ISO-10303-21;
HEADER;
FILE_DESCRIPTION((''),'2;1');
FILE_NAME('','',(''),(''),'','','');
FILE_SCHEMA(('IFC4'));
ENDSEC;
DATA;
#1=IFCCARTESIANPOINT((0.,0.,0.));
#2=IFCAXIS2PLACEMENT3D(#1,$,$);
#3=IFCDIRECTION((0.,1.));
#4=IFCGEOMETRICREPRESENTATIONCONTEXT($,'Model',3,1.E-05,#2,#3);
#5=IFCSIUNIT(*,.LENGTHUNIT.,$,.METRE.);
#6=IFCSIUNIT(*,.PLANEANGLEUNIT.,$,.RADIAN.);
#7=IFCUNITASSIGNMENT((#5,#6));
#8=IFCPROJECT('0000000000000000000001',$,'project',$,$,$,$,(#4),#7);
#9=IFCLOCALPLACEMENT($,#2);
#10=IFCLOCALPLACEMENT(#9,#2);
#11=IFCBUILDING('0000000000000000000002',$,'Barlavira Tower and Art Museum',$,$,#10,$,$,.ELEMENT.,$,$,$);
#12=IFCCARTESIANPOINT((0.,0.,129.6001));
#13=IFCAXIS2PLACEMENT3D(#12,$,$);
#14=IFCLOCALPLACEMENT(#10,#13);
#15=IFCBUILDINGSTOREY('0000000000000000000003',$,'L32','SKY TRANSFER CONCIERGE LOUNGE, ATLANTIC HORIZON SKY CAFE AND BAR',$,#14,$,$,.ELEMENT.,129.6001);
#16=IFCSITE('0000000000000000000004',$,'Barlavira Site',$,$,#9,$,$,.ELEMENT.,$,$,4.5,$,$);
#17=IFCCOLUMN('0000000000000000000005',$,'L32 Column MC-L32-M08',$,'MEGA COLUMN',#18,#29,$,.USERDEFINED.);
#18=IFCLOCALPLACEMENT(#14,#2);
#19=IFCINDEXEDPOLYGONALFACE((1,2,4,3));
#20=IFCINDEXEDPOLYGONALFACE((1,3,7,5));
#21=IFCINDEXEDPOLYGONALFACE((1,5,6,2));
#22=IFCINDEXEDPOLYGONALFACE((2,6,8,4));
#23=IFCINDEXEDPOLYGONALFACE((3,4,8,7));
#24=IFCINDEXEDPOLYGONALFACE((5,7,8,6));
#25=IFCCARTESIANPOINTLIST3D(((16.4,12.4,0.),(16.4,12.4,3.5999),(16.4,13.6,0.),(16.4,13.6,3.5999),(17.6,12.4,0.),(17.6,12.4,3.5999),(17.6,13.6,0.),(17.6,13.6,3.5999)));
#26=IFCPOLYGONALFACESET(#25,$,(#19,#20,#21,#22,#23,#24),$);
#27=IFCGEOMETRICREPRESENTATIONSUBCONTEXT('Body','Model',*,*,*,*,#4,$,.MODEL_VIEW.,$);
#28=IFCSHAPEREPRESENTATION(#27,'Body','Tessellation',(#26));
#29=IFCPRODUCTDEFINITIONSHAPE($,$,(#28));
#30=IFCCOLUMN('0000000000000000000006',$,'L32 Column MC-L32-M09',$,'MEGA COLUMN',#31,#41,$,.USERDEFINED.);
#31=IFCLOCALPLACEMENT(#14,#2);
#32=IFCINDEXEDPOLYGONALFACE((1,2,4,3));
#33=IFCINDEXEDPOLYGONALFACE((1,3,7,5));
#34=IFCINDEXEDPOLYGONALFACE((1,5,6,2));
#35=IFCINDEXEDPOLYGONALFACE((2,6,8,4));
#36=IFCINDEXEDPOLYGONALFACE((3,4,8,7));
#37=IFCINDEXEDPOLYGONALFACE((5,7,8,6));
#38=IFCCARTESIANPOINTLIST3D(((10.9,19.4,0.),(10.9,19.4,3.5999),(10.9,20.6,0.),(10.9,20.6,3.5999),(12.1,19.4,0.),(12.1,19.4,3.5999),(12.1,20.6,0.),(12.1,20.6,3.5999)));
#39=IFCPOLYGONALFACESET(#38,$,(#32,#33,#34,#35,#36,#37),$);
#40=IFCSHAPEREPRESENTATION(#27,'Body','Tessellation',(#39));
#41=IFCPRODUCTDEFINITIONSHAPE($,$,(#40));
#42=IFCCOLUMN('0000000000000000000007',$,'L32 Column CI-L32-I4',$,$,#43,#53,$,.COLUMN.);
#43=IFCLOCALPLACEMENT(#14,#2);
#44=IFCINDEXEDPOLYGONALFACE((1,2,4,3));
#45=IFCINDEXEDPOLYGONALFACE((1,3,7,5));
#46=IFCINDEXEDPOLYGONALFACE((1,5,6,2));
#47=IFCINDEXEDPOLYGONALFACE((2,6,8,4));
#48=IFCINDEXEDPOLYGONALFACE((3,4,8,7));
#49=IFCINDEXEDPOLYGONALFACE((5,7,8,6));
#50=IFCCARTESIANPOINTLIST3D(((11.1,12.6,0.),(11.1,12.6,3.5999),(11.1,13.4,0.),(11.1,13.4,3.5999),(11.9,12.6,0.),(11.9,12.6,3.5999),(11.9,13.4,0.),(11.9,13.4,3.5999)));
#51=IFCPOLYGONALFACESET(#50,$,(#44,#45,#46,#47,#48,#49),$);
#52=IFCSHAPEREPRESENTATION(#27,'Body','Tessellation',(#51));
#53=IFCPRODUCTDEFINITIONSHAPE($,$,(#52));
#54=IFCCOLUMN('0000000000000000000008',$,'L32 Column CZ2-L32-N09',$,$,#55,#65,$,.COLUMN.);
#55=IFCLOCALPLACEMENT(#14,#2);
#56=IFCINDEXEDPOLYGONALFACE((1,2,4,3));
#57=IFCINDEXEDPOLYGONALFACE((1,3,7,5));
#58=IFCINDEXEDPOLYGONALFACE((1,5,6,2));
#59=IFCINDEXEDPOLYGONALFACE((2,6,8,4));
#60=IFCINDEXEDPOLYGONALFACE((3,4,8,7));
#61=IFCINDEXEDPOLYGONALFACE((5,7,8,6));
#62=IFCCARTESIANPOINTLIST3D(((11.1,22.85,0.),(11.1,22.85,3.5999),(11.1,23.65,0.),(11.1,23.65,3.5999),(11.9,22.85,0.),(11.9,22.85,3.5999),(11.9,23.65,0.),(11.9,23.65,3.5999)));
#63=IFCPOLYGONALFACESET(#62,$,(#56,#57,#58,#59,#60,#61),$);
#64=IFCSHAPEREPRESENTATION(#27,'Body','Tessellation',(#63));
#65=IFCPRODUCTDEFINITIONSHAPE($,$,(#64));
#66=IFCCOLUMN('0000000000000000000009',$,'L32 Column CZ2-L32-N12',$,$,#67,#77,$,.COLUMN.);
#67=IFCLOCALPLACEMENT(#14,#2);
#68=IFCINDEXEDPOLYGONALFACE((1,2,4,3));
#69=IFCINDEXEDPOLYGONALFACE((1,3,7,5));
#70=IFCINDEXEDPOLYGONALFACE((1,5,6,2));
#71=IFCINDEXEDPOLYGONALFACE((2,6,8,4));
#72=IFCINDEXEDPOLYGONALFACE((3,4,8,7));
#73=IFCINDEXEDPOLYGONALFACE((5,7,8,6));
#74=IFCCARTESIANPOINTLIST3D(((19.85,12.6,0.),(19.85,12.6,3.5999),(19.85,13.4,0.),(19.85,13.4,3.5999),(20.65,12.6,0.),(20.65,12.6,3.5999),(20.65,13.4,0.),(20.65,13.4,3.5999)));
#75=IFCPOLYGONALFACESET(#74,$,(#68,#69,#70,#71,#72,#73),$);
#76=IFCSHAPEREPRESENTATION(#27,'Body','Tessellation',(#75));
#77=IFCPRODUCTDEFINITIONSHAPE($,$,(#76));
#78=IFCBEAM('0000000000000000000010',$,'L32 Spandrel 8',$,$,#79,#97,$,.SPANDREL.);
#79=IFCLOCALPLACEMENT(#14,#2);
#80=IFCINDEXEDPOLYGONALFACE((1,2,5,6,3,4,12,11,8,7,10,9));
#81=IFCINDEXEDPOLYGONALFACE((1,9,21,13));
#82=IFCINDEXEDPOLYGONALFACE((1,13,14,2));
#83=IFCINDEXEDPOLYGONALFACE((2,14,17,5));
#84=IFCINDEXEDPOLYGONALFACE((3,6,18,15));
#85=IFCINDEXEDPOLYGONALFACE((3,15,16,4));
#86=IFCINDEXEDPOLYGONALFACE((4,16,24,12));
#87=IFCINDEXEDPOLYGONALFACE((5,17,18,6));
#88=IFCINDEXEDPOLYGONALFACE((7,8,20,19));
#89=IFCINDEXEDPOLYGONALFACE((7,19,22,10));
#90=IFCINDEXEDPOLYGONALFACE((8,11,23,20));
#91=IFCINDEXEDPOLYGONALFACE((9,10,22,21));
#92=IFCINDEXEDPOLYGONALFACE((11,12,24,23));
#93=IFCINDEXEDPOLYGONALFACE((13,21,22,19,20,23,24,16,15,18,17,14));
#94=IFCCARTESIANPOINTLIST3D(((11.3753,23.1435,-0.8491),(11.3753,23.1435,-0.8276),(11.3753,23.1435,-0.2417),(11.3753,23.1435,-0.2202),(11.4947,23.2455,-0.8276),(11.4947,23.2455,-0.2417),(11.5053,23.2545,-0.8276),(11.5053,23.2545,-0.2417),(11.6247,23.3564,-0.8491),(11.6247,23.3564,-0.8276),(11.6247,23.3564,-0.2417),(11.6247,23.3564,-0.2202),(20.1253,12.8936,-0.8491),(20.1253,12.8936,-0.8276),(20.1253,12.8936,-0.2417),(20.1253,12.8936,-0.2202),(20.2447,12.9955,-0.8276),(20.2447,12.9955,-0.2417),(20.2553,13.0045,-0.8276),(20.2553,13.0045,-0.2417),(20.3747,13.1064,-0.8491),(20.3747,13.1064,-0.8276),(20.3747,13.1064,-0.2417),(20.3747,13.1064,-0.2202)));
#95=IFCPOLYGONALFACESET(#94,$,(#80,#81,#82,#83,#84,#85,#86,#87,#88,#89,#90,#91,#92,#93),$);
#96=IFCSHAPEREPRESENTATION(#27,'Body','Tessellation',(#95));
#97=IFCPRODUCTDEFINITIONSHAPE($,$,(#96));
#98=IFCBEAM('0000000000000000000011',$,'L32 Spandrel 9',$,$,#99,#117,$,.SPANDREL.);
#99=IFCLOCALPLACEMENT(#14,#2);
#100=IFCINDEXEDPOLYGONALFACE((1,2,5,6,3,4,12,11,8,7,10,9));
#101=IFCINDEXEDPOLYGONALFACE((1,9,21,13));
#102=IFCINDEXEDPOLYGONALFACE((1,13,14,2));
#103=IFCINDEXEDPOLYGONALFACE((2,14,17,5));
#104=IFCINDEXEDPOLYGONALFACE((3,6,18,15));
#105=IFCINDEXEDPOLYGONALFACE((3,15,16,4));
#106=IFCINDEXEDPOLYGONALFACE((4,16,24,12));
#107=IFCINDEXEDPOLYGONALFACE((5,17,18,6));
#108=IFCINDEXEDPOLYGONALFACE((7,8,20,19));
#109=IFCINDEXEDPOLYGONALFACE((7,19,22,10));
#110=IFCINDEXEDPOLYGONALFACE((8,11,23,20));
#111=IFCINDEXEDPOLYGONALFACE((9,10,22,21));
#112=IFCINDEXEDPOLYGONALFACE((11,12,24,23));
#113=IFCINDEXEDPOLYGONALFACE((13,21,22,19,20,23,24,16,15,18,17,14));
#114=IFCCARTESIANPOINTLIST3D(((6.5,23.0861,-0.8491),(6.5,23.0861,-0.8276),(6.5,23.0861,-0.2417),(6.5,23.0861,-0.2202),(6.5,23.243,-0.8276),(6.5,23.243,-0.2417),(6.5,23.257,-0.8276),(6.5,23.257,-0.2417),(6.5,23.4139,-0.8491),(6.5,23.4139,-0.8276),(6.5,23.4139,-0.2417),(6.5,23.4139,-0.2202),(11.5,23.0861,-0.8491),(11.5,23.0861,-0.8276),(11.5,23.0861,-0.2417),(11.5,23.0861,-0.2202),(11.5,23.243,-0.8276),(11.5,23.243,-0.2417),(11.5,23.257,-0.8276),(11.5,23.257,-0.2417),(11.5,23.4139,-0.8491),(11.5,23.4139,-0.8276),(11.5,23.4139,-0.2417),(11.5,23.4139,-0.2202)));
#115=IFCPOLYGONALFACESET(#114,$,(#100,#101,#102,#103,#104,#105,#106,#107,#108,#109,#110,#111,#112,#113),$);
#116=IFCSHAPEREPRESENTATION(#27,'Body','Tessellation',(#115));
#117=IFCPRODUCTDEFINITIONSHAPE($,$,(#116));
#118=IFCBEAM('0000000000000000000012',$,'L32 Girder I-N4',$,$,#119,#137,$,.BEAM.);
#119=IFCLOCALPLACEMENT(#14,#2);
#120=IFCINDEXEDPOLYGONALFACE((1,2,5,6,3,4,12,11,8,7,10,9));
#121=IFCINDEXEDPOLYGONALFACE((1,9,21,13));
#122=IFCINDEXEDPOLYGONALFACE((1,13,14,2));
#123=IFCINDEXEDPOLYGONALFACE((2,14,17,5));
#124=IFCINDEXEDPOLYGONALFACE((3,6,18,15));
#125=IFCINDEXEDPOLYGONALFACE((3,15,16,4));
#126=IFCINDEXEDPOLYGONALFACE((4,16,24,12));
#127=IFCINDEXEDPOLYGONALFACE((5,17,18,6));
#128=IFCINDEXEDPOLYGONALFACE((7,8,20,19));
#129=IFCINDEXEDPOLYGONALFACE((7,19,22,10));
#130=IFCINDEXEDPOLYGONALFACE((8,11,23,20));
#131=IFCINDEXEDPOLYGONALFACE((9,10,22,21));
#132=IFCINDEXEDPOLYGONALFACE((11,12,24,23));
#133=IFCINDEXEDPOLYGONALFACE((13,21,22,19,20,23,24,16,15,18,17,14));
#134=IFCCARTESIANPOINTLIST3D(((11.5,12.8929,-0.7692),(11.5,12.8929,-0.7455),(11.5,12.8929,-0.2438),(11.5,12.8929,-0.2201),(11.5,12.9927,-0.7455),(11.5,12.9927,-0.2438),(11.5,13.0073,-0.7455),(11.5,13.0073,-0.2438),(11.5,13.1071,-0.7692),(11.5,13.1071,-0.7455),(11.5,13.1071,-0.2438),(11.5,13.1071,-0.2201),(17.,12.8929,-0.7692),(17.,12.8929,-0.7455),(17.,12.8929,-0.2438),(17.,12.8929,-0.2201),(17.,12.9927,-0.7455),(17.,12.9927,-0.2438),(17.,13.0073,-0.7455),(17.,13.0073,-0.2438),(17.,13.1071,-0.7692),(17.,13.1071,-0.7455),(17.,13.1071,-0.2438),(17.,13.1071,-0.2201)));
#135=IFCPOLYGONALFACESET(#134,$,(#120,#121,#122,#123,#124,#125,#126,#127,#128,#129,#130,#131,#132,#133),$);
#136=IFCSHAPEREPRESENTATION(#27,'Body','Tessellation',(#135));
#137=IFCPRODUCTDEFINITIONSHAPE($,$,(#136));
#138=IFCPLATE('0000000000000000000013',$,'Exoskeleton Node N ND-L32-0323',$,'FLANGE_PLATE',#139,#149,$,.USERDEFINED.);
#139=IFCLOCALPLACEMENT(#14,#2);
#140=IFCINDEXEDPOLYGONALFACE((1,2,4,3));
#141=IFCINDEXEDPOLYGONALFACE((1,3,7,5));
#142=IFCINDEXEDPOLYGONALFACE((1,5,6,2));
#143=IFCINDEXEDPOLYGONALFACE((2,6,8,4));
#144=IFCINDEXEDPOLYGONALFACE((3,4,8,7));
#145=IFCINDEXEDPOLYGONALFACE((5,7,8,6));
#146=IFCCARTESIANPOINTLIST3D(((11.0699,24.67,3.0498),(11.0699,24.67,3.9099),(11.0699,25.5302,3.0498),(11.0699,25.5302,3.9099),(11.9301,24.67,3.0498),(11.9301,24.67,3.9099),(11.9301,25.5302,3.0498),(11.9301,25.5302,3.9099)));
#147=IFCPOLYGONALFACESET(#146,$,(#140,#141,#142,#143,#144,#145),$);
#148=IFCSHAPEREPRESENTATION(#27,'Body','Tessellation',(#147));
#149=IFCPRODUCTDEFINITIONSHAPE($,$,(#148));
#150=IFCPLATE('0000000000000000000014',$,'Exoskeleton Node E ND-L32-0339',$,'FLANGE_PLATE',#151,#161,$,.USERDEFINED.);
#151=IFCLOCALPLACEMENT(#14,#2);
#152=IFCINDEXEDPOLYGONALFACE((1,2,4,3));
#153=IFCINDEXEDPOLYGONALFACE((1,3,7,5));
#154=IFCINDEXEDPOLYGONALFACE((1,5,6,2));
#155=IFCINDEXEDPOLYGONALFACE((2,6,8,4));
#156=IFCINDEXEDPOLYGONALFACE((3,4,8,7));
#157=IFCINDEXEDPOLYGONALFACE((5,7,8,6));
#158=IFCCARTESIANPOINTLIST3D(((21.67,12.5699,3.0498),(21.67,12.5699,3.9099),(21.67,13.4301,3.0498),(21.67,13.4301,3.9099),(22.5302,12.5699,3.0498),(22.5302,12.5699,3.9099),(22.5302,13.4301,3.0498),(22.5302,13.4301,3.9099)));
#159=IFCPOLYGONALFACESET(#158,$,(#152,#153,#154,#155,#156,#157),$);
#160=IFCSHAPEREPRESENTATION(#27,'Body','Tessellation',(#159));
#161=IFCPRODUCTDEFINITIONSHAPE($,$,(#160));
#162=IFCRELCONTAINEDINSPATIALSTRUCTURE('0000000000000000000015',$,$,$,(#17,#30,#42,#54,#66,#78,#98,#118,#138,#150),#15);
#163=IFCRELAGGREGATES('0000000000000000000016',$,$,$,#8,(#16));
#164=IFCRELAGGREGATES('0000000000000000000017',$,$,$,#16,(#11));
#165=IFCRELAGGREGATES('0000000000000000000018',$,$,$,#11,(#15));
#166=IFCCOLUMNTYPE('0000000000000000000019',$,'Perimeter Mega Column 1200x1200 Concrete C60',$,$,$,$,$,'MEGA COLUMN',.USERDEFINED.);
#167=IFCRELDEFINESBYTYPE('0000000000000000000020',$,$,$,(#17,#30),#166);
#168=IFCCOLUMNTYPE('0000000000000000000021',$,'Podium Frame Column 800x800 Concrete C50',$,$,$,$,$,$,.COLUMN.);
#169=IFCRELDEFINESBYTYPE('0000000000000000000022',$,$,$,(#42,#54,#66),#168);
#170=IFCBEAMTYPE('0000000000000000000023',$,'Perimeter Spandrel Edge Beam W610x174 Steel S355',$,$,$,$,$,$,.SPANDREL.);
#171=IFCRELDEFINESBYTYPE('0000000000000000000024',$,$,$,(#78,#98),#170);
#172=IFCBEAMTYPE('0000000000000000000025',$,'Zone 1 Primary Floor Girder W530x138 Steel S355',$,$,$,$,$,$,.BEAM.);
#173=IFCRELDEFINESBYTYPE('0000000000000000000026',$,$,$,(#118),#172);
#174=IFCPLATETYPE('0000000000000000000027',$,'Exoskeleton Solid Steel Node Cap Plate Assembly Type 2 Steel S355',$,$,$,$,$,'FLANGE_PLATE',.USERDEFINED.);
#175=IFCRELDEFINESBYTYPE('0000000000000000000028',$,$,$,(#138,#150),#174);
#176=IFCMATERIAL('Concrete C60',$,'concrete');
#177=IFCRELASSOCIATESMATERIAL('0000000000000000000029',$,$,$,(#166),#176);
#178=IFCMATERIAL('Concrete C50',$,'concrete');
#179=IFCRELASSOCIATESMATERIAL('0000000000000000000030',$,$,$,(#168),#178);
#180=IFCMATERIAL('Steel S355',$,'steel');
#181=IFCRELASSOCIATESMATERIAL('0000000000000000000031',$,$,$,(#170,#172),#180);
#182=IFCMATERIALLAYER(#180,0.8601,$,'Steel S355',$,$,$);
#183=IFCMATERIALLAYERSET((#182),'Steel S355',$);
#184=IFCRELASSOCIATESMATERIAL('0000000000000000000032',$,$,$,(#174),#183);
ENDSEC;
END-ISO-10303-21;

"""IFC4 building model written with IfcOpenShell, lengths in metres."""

from ifc_helpers import new_model, si_unit, direction, frame, origin, origin_2d, place, context, subcontext, project, spatial, rectangle, i_section, extrude, material, layer, layer_set, material_profile, profile_set, type_object, element, save


model = new_model("IFC4")

# Units and contexts
model_context = context("Model", 3, precision=1e-05, world=origin(), true_north=direction((0.0, 1.0)))
body_context = subcontext(model_context, "Body", "Model", "MODEL_VIEW")
ifc_project = project(units=[si_unit("LENGTHUNIT", "METRE"), si_unit("PLANEANGLEUNIT", "RADIAN")], contexts=[model_context])

# Site, building, storey
site_placement = place(None, origin())
site = spatial("IfcSite", under=ifc_project, at=site_placement, Name="Barlavira Site", CompositionType="ELEMENT", RefElevation=4.5)
building_placement = place(site_placement, origin())
building = spatial("IfcBuilding", under=site, at=building_placement, Name="Barlavira Tower and Art Museum", CompositionType="ELEMENT")
storey_placement = place(building_placement, frame((0.0, 0.0, 129.6001)))
storey = spatial("IfcBuildingStorey", under=building, at=storey_placement, Name="L32", Description="SKY TRANSFER CONCIERGE LOUNGE, ATLANTIC HORIZON SKY CAFE AND BAR", CompositionType="ELEMENT", Elevation=129.6001)

# Columns
ifc_material_1 = material(Name="Concrete C60", Category="concrete")
ifc_material_profile_1 = material_profile(ifc_material_1, rectangle(XDim=1.2, YDim=1.2, at=origin_2d()), Name="RC-COL 1200x1200")
ifc_profile_set_1 = profile_set([ifc_material_profile_1], Name="Concrete C60")
column_type_1 = type_object("IfcColumnType", Name="Perimeter Mega Column 1200x1200 Concrete C60", ElementType="MEGA COLUMN", PredefinedType="USERDEFINED", material=ifc_profile_set_1)
for number, where, z_axis, x_axis, name in (
    (1, (17.0, 13.0, 0.0), (0.0, 0.0, 1.0), (1.0, 0.0, 0.0), "L32 Column MC-L32-M08"),
    (2, (11.5, 20.0, 0.0), (0.0, 0.0, 1.0), (1.0, 0.0, 0.0), "L32 Column MC-L32-M09"),
):
    element("IfcColumn", number, at=place(storey_placement, frame(where, z_axis=z_axis, x_axis=x_axis)), inside=storey, type_object=column_type_1, Name=name, ObjectType="MEGA COLUMN", PredefinedType="USERDEFINED", context=body_context, shape_type="SweptSolid", body=[
        extrude(rectangle(XDim=1.2, YDim=1.2, at=origin_2d()), origin(), (0.0, 0.0, 1.0), 3.5999),
    ])
ifc_material_2 = material(Name="Concrete C50", Category="concrete")
ifc_material_profile_2 = material_profile(ifc_material_2, rectangle(XDim=0.8, YDim=0.8, at=origin_2d()), Name="RC-COL 800x800")
ifc_profile_set_2 = profile_set([ifc_material_profile_2], Name="Concrete C50")
column_type_2 = type_object("IfcColumnType", Name="Podium Frame Column 800x800 Concrete C50", PredefinedType="COLUMN", material=ifc_profile_set_2)
for number, where, z_axis, x_axis, name in (
    (3, (11.5, 13.0, 0.0), (0.0, 0.0, 1.0), (1.0, 0.0, 0.0), "L32 Column CI-L32-I4"),
    (4, (11.5, 23.25, 0.0), (0.0, 0.0, 1.0), (1.0, 0.0, 0.0), "L32 Column CZ2-L32-N09"),
    (5, (20.25, 13.0, 0.0), (0.0, 0.0, 1.0), (1.0, 0.0, 0.0), "L32 Column CZ2-L32-N12"),
):
    element("IfcColumn", number, at=place(storey_placement, frame(where, z_axis=z_axis, x_axis=x_axis)), inside=storey, type_object=column_type_2, Name=name, PredefinedType="COLUMN", context=body_context, shape_type="SweptSolid", body=[
        extrude(rectangle(XDim=0.8, YDim=0.8, at=origin_2d()), origin(), (0.0, 0.0, 1.0), 3.5999),
    ])

# Beams
ifc_material_3 = material(Name="Steel S355", Category="steel")
ifc_material_profile_3 = material_profile(ifc_material_3, i_section(OverallWidth=0.3279, OverallDepth=0.6289, WebThickness=0.0139, FlangeThickness=0.0215, at=origin_2d()), Name="W610x174.0")
ifc_profile_set_3 = profile_set([ifc_material_profile_3], Name="Steel S355")
beam_type_1 = type_object("IfcBeamType", Name="Perimeter Spandrel Edge Beam W610x174 Steel S355", PredefinedType="SPANDREL", material=ifc_profile_set_3)
beam_1_placement = place(storey_placement, frame((20.25, 13.0, -0.5347), z_axis=(-0.649262, 0.760565, 0.0), x_axis=(-0.760565, -0.649262, 0.0)))
element("IfcBeam", 6, at=beam_1_placement, inside=storey, type_object=beam_type_1, Name="L32 Spandrel 8", PredefinedType="SPANDREL", context=body_context, shape_type="SweptSolid", body=[
    extrude(i_section(OverallWidth=0.3279, OverallDepth=0.6289, WebThickness=0.0139, FlangeThickness=0.0215, at=origin_2d()), origin(), (0.0, 0.0, 1.0), 13.4768),
])
beam_2_placement = place(storey_placement, frame((6.5, 23.25, -0.5347), z_axis=(1.0, 0.0, 0.0), x_axis=(0.0, 1.0, 0.0)))
element("IfcBeam", 7, at=beam_2_placement, inside=storey, type_object=beam_type_1, Name="L32 Spandrel 9", PredefinedType="SPANDREL", context=body_context, shape_type="SweptSolid", body=[
    extrude(i_section(OverallWidth=0.3279, OverallDepth=0.6289, WebThickness=0.0139, FlangeThickness=0.0215, at=origin_2d()), origin(), (0.0, 0.0, 1.0), 5.0),
])
ifc_material_profile_4 = material_profile(ifc_material_3, i_section(OverallWidth=0.2141, OverallDepth=0.5491, WebThickness=0.0146, FlangeThickness=0.0237, at=origin_2d()), Name="W530x138.0")
ifc_profile_set_4 = profile_set([ifc_material_profile_4], Name="Steel S355")
beam_type_2 = type_object("IfcBeamType", Name="Zone 1 Primary Floor Girder W530x138 Steel S355", PredefinedType="BEAM", material=ifc_profile_set_4)
beam_3_placement = place(storey_placement, frame((11.5, 13.0, -0.4946), z_axis=(1.0, 0.0, 0.0), x_axis=(0.0, 1.0, 0.0)))
element("IfcBeam", 8, at=beam_3_placement, inside=storey, type_object=beam_type_2, Name="L32 Girder I-N4", PredefinedType="BEAM", context=body_context, shape_type="SweptSolid", body=[
    extrude(i_section(OverallWidth=0.2141, OverallDepth=0.5491, WebThickness=0.0146, FlangeThickness=0.0237, at=origin_2d()), origin(), (0.0, 0.0, 1.0), 5.5),
])

# Plates
ifc_layer_1 = layer(ifc_material_3, 0.8601, Name="Steel S355")
ifc_layer_set_1 = layer_set([ifc_layer_1], Name="Steel S355")
plate_type = type_object("IfcPlateType", Name="Exoskeleton Solid Steel Node Cap Plate Assembly Type 2 Steel S355", ElementType="FLANGE_PLATE", PredefinedType="USERDEFINED", material=ifc_layer_set_1)
for number, where, z_axis, x_axis, name in (
    (9, (11.5, 25.1001, 3.0498), (0.0, 0.0, 1.0), (1.0, 0.0, 0.0), "Exoskeleton Node N ND-L32-0323"),
    (10, (22.1001, 13.0, 3.0498), (0.0, 0.0, 1.0), (1.0, 0.0, 0.0), "Exoskeleton Node E ND-L32-0339"),
):
    element("IfcPlate", number, at=place(storey_placement, frame(where, z_axis=z_axis, x_axis=x_axis)), inside=storey, type_object=plate_type, Name=name, ObjectType="FLANGE_PLATE", PredefinedType="USERDEFINED", context=body_context, shape_type="SweptSolid", body=[
        extrude(rectangle(XDim=0.8601, YDim=0.8601, at=origin_2d()), origin(), (0.0, 0.0, 1.0), 0.8601),
    ])

save(model, "model.ifc")
